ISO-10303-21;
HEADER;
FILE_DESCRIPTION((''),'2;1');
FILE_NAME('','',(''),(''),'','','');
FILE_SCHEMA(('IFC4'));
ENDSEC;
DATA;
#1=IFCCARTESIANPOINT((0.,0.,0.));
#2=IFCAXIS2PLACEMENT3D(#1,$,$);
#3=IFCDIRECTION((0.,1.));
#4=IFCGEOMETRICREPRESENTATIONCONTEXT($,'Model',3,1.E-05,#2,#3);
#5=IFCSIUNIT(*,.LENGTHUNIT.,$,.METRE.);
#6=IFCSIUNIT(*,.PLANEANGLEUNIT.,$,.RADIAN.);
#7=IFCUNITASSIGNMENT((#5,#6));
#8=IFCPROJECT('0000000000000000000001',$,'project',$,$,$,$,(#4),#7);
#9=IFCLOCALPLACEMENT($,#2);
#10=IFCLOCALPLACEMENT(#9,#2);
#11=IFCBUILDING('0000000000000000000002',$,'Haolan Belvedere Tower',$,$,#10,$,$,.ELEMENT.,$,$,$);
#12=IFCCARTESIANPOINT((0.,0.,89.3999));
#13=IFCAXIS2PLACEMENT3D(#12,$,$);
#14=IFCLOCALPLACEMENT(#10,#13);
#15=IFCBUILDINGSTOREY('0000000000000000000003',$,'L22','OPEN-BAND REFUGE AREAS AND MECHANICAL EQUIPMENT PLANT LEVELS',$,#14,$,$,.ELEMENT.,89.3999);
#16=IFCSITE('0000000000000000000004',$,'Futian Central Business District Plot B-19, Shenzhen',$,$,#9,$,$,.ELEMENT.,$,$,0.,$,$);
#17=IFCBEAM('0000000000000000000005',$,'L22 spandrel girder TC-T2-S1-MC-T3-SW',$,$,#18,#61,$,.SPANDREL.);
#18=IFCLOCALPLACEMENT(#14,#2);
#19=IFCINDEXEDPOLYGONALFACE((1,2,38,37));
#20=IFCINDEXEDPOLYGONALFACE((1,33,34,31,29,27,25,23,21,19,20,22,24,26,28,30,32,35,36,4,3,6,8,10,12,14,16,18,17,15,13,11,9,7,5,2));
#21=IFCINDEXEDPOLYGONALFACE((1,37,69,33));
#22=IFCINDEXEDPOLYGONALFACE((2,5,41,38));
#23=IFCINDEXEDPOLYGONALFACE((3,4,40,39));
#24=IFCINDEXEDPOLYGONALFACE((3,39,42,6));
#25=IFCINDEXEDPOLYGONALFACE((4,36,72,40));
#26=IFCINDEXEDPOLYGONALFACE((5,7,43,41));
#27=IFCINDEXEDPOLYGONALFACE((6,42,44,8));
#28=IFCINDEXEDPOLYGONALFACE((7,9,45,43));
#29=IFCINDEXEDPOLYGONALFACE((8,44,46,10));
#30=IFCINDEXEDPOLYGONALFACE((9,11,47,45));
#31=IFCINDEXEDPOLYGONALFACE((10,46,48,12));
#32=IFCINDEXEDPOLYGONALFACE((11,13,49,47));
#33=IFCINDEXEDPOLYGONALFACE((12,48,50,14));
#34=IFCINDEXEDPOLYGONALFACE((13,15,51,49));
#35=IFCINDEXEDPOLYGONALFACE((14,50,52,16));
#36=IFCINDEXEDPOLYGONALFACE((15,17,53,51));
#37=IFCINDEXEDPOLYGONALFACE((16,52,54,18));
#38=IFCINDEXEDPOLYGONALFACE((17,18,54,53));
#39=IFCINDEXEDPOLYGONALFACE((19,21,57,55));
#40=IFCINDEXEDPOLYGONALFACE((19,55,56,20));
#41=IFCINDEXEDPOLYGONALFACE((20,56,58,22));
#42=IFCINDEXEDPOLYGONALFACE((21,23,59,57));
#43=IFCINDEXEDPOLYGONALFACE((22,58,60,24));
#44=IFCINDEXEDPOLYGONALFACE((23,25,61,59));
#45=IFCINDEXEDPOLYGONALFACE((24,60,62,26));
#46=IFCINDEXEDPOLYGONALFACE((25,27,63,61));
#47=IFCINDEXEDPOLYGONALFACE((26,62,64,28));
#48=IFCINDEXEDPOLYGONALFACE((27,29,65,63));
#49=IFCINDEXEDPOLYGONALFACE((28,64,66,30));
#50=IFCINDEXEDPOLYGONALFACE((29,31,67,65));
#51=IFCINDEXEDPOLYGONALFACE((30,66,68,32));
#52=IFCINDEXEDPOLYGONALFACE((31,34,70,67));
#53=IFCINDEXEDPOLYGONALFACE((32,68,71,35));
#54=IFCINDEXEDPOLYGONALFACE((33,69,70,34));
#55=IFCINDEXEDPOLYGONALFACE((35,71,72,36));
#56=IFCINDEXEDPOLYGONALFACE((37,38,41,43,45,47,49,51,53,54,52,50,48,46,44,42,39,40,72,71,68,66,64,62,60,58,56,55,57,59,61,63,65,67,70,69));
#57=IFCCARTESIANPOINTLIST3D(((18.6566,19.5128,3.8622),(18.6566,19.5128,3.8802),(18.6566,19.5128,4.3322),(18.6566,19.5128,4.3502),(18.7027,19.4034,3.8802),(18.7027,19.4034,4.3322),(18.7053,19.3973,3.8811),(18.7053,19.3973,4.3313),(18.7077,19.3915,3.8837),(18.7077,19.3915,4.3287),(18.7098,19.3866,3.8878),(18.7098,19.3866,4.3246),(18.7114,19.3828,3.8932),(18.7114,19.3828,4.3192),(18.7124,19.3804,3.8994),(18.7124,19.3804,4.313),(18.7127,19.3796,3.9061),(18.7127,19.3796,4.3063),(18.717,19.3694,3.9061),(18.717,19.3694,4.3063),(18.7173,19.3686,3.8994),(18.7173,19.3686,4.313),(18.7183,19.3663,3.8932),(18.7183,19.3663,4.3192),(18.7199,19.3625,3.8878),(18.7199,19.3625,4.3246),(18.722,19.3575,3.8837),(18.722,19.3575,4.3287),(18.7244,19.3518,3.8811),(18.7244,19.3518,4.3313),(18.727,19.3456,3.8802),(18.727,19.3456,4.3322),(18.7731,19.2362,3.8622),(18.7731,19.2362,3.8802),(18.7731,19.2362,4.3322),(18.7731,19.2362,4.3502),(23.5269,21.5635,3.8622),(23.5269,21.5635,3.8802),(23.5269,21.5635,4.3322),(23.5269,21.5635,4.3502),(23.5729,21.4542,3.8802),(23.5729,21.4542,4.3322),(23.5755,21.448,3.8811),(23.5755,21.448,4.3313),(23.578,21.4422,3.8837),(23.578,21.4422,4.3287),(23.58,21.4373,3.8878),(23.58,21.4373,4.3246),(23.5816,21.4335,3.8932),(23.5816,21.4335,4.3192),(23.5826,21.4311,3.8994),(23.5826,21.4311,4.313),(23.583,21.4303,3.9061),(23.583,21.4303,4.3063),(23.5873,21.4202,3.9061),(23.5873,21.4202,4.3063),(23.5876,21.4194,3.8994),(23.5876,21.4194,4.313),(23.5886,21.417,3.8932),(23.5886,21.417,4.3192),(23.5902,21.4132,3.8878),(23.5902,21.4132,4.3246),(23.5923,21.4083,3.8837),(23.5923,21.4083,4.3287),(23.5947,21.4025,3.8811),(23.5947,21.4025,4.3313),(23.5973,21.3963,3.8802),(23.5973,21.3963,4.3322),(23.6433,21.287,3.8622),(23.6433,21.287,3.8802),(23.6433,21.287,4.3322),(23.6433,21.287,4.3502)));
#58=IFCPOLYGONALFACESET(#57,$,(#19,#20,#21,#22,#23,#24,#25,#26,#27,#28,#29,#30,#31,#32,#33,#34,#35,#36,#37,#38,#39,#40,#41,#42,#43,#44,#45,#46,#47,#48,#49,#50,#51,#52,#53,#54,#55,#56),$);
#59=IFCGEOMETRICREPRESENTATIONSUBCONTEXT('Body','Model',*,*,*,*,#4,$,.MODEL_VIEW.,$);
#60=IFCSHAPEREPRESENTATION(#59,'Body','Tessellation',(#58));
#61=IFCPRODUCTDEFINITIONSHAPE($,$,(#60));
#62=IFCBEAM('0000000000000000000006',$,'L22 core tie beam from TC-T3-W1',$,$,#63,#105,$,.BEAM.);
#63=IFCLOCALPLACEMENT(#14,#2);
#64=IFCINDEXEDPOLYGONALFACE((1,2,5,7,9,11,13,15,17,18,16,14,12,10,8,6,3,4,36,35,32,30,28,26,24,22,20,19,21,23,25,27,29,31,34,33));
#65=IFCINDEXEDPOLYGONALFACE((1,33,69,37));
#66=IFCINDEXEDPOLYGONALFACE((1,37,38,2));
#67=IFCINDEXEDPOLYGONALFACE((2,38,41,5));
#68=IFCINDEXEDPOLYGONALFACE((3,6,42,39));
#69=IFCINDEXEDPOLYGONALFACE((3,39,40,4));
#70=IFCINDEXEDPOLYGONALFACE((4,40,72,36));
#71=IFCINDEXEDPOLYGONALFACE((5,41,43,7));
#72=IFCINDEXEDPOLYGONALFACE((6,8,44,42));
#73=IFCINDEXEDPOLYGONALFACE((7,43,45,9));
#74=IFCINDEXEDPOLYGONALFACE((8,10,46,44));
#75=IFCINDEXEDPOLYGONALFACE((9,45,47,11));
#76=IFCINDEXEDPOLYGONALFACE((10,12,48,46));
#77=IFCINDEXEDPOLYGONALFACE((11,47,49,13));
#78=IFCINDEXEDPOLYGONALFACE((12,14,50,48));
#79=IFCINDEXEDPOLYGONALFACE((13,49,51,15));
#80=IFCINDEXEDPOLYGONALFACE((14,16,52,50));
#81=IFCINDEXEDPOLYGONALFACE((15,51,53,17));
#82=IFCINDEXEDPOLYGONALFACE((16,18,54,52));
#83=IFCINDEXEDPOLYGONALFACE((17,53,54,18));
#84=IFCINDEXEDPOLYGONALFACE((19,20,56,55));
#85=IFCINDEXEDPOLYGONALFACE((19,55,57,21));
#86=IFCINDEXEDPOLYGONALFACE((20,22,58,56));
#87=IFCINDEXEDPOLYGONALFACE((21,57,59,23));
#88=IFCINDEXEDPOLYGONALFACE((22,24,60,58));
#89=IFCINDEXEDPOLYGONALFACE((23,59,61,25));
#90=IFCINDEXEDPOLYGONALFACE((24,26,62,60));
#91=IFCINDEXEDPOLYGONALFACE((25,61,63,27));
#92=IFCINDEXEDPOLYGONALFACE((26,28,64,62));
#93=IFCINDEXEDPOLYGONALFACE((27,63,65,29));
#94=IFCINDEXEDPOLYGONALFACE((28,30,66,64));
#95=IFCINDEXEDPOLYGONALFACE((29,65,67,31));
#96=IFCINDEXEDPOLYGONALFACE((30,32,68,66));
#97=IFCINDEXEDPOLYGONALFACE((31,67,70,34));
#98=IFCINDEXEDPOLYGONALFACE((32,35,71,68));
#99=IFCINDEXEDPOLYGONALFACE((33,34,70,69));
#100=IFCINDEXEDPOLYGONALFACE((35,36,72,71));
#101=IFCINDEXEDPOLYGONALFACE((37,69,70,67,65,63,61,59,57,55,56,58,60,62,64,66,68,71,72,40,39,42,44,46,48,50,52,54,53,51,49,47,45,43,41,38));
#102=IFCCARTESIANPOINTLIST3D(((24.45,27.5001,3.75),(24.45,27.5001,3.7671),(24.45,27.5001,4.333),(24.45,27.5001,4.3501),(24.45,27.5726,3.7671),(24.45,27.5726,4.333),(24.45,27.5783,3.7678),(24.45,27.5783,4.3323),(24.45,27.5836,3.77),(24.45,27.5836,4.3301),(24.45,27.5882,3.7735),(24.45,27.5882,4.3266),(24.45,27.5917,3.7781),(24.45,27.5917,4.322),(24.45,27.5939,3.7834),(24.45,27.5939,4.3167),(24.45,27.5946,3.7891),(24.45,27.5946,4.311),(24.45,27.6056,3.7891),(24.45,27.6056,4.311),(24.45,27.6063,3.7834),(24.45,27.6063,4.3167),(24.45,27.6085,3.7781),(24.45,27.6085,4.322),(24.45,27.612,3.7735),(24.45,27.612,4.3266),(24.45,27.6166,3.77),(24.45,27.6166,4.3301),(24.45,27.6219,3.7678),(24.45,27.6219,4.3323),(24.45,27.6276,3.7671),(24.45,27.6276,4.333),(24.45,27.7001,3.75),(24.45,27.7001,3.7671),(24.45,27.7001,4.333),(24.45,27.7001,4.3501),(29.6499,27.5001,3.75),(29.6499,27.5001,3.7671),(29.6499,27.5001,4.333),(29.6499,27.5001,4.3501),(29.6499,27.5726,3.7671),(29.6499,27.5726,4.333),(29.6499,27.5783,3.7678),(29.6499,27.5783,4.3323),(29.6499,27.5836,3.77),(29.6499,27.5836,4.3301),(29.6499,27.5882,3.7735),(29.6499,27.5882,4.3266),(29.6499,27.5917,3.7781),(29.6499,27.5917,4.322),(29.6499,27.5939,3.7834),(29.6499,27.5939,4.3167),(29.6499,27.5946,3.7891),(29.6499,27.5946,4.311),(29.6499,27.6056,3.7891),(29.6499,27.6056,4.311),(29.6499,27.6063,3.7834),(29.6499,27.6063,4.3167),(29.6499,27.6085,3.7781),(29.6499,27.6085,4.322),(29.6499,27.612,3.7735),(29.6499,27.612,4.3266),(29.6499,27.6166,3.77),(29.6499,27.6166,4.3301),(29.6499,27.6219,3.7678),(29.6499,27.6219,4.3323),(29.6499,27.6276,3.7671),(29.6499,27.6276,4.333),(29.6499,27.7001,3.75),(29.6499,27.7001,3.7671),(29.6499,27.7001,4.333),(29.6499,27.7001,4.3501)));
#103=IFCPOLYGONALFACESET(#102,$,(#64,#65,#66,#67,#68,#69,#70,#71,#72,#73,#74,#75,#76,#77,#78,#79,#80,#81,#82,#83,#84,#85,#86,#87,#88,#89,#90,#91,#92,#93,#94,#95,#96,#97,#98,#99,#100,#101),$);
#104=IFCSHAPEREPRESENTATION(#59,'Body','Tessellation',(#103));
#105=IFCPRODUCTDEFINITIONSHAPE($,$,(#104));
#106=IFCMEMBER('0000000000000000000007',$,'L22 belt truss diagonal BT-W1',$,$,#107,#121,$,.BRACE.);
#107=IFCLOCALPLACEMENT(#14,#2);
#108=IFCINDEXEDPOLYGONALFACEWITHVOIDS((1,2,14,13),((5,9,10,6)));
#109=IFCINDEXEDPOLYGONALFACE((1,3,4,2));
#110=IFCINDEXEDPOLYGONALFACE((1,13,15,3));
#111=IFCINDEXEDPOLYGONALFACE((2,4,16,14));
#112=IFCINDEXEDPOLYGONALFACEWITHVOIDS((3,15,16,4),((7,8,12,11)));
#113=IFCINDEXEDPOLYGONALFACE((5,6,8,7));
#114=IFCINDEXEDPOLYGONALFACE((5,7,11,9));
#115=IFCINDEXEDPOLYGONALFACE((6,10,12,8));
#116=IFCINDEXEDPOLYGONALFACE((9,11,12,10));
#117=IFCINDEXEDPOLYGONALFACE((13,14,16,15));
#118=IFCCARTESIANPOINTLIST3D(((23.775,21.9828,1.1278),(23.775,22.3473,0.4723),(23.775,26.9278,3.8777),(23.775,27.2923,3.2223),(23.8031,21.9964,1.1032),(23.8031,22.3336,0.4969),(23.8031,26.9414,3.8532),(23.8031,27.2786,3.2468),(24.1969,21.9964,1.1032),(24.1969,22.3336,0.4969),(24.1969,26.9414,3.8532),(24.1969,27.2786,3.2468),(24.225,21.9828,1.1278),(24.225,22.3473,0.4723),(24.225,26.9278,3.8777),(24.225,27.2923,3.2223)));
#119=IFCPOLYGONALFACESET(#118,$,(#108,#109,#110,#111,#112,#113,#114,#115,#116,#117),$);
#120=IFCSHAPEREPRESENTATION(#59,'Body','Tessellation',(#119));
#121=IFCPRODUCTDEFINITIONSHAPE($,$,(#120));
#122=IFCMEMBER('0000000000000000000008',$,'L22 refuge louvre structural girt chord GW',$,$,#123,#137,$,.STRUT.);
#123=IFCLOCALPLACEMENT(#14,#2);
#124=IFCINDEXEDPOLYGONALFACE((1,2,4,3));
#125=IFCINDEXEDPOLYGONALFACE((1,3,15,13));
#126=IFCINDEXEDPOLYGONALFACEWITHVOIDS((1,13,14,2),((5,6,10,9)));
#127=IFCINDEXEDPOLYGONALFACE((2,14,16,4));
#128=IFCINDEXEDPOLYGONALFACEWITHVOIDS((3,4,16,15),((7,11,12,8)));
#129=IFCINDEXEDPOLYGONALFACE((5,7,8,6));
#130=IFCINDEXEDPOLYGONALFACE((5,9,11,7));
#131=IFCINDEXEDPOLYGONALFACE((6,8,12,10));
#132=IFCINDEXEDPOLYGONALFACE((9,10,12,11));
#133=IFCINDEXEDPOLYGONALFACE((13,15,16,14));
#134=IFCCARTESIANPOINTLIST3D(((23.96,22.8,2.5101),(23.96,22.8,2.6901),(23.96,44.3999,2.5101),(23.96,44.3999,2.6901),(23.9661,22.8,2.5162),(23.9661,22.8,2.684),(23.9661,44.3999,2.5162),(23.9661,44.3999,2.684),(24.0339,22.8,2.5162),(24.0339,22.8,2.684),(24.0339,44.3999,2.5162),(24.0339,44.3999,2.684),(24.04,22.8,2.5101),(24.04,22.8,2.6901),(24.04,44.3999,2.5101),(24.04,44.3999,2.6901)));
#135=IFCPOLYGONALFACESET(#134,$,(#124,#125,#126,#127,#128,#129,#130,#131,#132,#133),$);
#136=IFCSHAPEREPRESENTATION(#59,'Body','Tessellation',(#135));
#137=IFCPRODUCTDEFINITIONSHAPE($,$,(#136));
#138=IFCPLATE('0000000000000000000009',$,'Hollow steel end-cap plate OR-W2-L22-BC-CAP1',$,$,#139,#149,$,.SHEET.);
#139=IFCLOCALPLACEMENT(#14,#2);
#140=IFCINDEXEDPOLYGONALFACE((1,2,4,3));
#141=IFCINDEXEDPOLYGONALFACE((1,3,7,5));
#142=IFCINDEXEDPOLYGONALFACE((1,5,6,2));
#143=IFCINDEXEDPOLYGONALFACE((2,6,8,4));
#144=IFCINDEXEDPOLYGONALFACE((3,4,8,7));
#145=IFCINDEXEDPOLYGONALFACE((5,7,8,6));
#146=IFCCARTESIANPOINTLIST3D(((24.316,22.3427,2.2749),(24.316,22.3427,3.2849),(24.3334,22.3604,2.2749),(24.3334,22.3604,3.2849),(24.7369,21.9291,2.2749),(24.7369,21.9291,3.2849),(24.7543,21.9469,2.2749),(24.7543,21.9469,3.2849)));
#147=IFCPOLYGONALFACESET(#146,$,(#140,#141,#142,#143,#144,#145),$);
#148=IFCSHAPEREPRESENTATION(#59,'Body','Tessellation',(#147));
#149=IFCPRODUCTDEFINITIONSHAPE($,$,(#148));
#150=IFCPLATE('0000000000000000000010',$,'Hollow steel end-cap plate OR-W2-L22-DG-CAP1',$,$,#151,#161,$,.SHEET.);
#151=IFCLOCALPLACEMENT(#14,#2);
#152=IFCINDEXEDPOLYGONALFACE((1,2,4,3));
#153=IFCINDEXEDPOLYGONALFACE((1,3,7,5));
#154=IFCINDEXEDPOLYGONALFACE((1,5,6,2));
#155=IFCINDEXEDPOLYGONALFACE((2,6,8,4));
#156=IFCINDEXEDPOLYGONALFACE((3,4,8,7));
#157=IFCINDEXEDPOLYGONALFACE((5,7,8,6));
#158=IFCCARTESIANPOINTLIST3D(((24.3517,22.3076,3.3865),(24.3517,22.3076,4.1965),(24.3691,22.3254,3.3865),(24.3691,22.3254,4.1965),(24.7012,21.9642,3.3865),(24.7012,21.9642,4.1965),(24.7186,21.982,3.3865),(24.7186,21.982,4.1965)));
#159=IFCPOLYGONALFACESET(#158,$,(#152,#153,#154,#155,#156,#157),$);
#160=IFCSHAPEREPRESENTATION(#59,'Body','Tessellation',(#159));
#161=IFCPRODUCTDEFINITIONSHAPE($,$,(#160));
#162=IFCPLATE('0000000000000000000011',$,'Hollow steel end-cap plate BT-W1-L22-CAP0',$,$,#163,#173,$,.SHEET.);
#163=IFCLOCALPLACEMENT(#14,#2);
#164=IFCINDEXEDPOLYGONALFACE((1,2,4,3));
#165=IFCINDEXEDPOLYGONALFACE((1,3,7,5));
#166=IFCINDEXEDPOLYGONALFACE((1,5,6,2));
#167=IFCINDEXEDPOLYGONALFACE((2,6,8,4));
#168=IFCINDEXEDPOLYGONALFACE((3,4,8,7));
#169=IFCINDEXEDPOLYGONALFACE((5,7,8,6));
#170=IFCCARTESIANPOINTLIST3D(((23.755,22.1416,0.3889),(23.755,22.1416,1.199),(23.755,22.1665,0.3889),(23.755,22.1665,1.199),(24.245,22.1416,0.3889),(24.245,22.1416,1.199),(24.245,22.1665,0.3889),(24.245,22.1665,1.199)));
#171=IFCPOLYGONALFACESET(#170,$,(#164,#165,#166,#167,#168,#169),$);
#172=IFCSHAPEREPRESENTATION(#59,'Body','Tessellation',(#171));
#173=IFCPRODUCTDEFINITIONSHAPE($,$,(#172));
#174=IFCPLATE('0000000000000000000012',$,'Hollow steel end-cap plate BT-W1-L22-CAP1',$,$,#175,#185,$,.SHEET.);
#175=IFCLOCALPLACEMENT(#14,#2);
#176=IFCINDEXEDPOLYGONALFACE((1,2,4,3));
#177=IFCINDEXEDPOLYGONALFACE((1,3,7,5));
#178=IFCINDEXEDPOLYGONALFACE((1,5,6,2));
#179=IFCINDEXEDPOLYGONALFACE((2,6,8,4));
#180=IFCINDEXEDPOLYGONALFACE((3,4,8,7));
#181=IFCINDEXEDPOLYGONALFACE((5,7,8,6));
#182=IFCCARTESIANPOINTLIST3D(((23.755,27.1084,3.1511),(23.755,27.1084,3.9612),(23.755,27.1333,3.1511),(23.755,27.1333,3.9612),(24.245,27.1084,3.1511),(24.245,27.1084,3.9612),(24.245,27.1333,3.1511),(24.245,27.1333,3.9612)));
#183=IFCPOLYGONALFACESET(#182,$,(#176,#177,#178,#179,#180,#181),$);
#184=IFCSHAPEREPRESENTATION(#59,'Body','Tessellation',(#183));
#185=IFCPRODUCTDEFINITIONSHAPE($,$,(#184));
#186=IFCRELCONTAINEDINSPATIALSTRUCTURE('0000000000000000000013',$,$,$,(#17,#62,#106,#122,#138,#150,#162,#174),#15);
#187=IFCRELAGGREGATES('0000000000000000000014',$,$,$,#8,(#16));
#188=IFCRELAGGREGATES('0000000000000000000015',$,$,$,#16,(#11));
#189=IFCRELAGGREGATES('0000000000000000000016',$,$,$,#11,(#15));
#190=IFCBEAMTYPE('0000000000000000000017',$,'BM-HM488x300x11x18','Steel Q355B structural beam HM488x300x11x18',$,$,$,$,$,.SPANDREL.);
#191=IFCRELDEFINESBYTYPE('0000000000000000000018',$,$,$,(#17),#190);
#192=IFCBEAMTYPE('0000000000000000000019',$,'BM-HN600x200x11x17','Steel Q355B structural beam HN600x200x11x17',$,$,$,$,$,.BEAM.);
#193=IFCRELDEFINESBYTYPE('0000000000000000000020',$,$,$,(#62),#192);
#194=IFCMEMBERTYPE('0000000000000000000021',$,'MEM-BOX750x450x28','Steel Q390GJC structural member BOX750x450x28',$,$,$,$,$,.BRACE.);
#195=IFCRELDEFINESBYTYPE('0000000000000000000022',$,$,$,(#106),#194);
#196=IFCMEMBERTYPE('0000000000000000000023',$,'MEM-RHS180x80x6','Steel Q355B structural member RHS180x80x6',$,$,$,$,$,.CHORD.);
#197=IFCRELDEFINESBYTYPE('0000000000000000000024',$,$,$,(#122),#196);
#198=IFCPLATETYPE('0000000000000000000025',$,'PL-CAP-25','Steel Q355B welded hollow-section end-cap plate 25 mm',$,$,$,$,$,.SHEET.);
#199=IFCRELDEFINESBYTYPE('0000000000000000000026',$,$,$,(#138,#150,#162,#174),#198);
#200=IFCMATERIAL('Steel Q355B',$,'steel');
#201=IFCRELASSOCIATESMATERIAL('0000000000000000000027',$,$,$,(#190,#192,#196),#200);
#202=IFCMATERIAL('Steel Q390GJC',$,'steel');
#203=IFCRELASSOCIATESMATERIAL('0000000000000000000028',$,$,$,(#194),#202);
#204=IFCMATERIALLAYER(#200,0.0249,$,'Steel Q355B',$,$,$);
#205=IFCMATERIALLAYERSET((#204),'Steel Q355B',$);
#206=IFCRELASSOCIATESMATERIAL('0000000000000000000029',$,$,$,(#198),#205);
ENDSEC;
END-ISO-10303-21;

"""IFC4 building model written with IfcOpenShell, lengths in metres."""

from ifc_helpers import new_model, si_unit, direction, frame, origin, origin_2d, place, context, subcontext, project, spatial, rectangle, hollow_rectangle, i_section, extrude, material, layer, layer_set, material_profile, profile_set, type_object, element, save


model = new_model("IFC4")

# Units and contexts
model_context = context("Model", 3, precision=1e-05, world=origin(), true_north=direction((0.0, 1.0)))
body_context = subcontext(model_context, "Body", "Model", "MODEL_VIEW")
ifc_project = project(units=[si_unit("LENGTHUNIT", "METRE"), si_unit("PLANEANGLEUNIT", "RADIAN")], contexts=[model_context])

# Site, building, storey
site_placement = place(None, origin())
site = spatial("IfcSite", under=ifc_project, at=site_placement, Name="Futian Central Business District Plot B-19, Shenzhen", CompositionType="ELEMENT", RefElevation=0.0)
building_placement = place(site_placement, origin())
building = spatial("IfcBuilding", under=site, at=building_placement, Name="Haolan Belvedere Tower", CompositionType="ELEMENT")
storey_placement = place(building_placement, frame((0.0, 0.0, 89.3999)))
storey = spatial("IfcBuildingStorey", under=building, at=storey_placement, Name="L22", Description="OPEN-BAND REFUGE AREAS AND MECHANICAL EQUIPMENT PLANT LEVELS", CompositionType="ELEMENT", Elevation=89.3999)

# Shared definitions
ifc_material_1 = material(Name="Steel Q355B", Category="steel")

# Beams
ifc_material_profile_1 = material_profile(ifc_material_1, i_section(OverallWidth=0.3, OverallDepth=0.488, WebThickness=0.011, FlangeThickness=0.0181, FilletRadius=0.0259, at=origin_2d()), Name="Steel Q355B")
ifc_profile_set_1 = profile_set([ifc_material_profile_1], Name="Steel Q355B")
beam_type_1 = type_object("IfcBeamType", Name="BM-HM488x300x11x18", Description="Steel Q355B structural beam HM488x300x11x18", PredefinedType="SPANDREL", material=ifc_profile_set_1)
beam_1_placement = place(storey_placement, frame((18.7148, 19.3745, 4.1062), z_axis=(0.921628, 0.388074, 0.0), x_axis=(-0.388074, 0.921628, 0.0)))
element("IfcBeam", 1, at=beam_1_placement, inside=storey, type_object=beam_type_1, Name="L22 spandrel girder TC-T2-S1-MC-T3-SW", PredefinedType="SPANDREL", context=body_context, shape_type="SweptSolid", body=[
    extrude(i_section(OverallWidth=0.3, OverallDepth=0.488, WebThickness=0.011, FlangeThickness=0.0181, FilletRadius=0.0259, at=origin_2d()), origin(), (0.0, 0.0, 1.0), 5.2844),
])
ifc_material_profile_2 = material_profile(ifc_material_1, i_section(OverallWidth=0.2, OverallDepth=0.6001, WebThickness=0.011, FlangeThickness=0.0171, FilletRadius=0.022, at=origin_2d()), Name="Steel Q355B")
ifc_profile_set_2 = profile_set([ifc_material_profile_2], Name="Steel Q355B")
beam_type_2 = type_object("IfcBeamType", Name="BM-HN600x200x11x17", Description="Steel Q355B structural beam HN600x200x11x17", PredefinedType="BEAM", material=ifc_profile_set_2)
beam_2_placement = place(storey_placement, frame((24.45, 27.6001, 4.05), z_axis=(1.0, 0.0, 0.0), x_axis=(0.0, 1.0, 0.0)))
element("IfcBeam", 2, at=beam_2_placement, inside=storey, type_object=beam_type_2, Name="L22 core tie beam from TC-T3-W1", PredefinedType="BEAM", context=body_context, shape_type="SweptSolid", body=[
    extrude(i_section(OverallWidth=0.2, OverallDepth=0.6001, WebThickness=0.011, FlangeThickness=0.0171, FilletRadius=0.022, at=origin_2d()), origin(), (0.0, 0.0, 1.0), 5.2),
])

# Members
ifc_material_2 = material(Name="Steel Q390GJC", Category="steel")
ifc_material_profile_3 = material_profile(ifc_material_2, hollow_rectangle(XDim=0.45, YDim=0.75, WallThickness=0.0281, at=origin_2d()), Name="Steel Q390GJC")
ifc_profile_set_3 = profile_set([ifc_material_profile_3], Name="Steel Q390GJC")
member_type_1 = type_object("IfcMemberType", Name="MEM-BOX750x450x28", Description="Steel Q390GJC structural member BOX750x450x28", PredefinedType="BRACE", material=ifc_profile_set_3)
member_1_placement = place(storey_placement, frame((24.0, 22.165, 0.8), z_axis=(0.0, 0.873952, 0.486013), x_axis=(-1.0, 0.0, 0.0)))
element("IfcMember", 3, at=member_1_placement, inside=storey, type_object=member_type_1, Name="L22 belt truss diagonal BT-W1", PredefinedType="BRACE", context=body_context, shape_type="SweptSolid", body=[
    extrude(hollow_rectangle(XDim=0.45, YDim=0.75, WallThickness=0.0281, at=origin_2d()), origin(), (0.0, 0.0, 1.0), 5.6582),
])
ifc_material_profile_4 = material_profile(ifc_material_1, hollow_rectangle(XDim=0.0801, YDim=0.1799, WallThickness=0.0061, at=origin_2d()), Name="Steel Q355B")
ifc_profile_set_4 = profile_set([ifc_material_profile_4], Name="Steel Q355B")
member_type_2 = type_object("IfcMemberType", Name="MEM-RHS180x80x6", Description="Steel Q355B structural member RHS180x80x6", PredefinedType="CHORD", material=ifc_profile_set_4)
member_2_placement = place(storey_placement, frame((24.0, 22.8, 2.6001), z_axis=(0.0, 1.0, 0.0), x_axis=(-1.0, 0.0, 0.0)))
element("IfcMember", 4, at=member_2_placement, inside=storey, type_object=member_type_2, Name="L22 refuge louvre structural girt chord GW", PredefinedType="STRUT", context=body_context, shape_type="SweptSolid", body=[
    extrude(hollow_rectangle(XDim=0.0801, YDim=0.1799, WallThickness=0.0061, at=origin_2d()), origin(), (0.0, 0.0, 1.0), 21.5999),
])

# Plates
ifc_layer_1 = layer(ifc_material_1, 0.0249, Name="Steel Q355B")
ifc_layer_set_1 = layer_set([ifc_layer_1], Name="Steel Q355B")
plate_type_1 = type_object("IfcPlateType", Name="PL-CAP-25", Description="Steel Q355B welded hollow-section end-cap plate 25 mm", PredefinedType="SHEET", material=ifc_layer_set_1)
plate_1_placement = place(storey_placement, frame((24.5352, 22.1448, 2.2749), z_axis=(0.0, 0.0, 1.0), x_axis=(0.713336, -0.700822, 0.0)))
element("IfcPlate", 5, at=plate_1_placement, inside=storey, type_object=plate_type_1, Name="Hollow steel end-cap plate OR-W2-L22-BC-CAP1", PredefinedType="SHEET", context=body_context, shape_type="SweptSolid", body=[
    extrude(rectangle(XDim=0.5901, YDim=0.0249, at=origin_2d()), origin(), (0.0, 0.0, 1.0), 1.01),
])
for number, where, z_axis, x_axis, name in (
    (6, (24.5352, 22.1448, 3.3865), (0.0, 0.0, 1.0), (0.713336, -0.700822, 0.0), "Hollow steel end-cap plate OR-W2-L22-DG-CAP1"),
    (7, (24.0, 22.1541, 0.3889), (0.0, 0.0, 1.0), (1.0, 0.0, 0.0), "Hollow steel end-cap plate BT-W1-L22-CAP0"),
    (8, (24.0, 27.1208, 3.1511), (0.0, 0.0, 1.0), (-1.0, 0.0, 0.0), "Hollow steel end-cap plate BT-W1-L22-CAP1"),
):
    element("IfcPlate", number, at=place(storey_placement, frame(where, z_axis=z_axis, x_axis=x_axis)), inside=storey, type_object=plate_type_1, Name=name, PredefinedType="SHEET", context=body_context, shape_type="SweptSolid", body=[
        extrude(rectangle(XDim=0.49, YDim=0.0249, at=origin_2d()), origin(), (0.0, 0.0, 1.0), 0.8101),
    ])

save(model, "model.ifc")
